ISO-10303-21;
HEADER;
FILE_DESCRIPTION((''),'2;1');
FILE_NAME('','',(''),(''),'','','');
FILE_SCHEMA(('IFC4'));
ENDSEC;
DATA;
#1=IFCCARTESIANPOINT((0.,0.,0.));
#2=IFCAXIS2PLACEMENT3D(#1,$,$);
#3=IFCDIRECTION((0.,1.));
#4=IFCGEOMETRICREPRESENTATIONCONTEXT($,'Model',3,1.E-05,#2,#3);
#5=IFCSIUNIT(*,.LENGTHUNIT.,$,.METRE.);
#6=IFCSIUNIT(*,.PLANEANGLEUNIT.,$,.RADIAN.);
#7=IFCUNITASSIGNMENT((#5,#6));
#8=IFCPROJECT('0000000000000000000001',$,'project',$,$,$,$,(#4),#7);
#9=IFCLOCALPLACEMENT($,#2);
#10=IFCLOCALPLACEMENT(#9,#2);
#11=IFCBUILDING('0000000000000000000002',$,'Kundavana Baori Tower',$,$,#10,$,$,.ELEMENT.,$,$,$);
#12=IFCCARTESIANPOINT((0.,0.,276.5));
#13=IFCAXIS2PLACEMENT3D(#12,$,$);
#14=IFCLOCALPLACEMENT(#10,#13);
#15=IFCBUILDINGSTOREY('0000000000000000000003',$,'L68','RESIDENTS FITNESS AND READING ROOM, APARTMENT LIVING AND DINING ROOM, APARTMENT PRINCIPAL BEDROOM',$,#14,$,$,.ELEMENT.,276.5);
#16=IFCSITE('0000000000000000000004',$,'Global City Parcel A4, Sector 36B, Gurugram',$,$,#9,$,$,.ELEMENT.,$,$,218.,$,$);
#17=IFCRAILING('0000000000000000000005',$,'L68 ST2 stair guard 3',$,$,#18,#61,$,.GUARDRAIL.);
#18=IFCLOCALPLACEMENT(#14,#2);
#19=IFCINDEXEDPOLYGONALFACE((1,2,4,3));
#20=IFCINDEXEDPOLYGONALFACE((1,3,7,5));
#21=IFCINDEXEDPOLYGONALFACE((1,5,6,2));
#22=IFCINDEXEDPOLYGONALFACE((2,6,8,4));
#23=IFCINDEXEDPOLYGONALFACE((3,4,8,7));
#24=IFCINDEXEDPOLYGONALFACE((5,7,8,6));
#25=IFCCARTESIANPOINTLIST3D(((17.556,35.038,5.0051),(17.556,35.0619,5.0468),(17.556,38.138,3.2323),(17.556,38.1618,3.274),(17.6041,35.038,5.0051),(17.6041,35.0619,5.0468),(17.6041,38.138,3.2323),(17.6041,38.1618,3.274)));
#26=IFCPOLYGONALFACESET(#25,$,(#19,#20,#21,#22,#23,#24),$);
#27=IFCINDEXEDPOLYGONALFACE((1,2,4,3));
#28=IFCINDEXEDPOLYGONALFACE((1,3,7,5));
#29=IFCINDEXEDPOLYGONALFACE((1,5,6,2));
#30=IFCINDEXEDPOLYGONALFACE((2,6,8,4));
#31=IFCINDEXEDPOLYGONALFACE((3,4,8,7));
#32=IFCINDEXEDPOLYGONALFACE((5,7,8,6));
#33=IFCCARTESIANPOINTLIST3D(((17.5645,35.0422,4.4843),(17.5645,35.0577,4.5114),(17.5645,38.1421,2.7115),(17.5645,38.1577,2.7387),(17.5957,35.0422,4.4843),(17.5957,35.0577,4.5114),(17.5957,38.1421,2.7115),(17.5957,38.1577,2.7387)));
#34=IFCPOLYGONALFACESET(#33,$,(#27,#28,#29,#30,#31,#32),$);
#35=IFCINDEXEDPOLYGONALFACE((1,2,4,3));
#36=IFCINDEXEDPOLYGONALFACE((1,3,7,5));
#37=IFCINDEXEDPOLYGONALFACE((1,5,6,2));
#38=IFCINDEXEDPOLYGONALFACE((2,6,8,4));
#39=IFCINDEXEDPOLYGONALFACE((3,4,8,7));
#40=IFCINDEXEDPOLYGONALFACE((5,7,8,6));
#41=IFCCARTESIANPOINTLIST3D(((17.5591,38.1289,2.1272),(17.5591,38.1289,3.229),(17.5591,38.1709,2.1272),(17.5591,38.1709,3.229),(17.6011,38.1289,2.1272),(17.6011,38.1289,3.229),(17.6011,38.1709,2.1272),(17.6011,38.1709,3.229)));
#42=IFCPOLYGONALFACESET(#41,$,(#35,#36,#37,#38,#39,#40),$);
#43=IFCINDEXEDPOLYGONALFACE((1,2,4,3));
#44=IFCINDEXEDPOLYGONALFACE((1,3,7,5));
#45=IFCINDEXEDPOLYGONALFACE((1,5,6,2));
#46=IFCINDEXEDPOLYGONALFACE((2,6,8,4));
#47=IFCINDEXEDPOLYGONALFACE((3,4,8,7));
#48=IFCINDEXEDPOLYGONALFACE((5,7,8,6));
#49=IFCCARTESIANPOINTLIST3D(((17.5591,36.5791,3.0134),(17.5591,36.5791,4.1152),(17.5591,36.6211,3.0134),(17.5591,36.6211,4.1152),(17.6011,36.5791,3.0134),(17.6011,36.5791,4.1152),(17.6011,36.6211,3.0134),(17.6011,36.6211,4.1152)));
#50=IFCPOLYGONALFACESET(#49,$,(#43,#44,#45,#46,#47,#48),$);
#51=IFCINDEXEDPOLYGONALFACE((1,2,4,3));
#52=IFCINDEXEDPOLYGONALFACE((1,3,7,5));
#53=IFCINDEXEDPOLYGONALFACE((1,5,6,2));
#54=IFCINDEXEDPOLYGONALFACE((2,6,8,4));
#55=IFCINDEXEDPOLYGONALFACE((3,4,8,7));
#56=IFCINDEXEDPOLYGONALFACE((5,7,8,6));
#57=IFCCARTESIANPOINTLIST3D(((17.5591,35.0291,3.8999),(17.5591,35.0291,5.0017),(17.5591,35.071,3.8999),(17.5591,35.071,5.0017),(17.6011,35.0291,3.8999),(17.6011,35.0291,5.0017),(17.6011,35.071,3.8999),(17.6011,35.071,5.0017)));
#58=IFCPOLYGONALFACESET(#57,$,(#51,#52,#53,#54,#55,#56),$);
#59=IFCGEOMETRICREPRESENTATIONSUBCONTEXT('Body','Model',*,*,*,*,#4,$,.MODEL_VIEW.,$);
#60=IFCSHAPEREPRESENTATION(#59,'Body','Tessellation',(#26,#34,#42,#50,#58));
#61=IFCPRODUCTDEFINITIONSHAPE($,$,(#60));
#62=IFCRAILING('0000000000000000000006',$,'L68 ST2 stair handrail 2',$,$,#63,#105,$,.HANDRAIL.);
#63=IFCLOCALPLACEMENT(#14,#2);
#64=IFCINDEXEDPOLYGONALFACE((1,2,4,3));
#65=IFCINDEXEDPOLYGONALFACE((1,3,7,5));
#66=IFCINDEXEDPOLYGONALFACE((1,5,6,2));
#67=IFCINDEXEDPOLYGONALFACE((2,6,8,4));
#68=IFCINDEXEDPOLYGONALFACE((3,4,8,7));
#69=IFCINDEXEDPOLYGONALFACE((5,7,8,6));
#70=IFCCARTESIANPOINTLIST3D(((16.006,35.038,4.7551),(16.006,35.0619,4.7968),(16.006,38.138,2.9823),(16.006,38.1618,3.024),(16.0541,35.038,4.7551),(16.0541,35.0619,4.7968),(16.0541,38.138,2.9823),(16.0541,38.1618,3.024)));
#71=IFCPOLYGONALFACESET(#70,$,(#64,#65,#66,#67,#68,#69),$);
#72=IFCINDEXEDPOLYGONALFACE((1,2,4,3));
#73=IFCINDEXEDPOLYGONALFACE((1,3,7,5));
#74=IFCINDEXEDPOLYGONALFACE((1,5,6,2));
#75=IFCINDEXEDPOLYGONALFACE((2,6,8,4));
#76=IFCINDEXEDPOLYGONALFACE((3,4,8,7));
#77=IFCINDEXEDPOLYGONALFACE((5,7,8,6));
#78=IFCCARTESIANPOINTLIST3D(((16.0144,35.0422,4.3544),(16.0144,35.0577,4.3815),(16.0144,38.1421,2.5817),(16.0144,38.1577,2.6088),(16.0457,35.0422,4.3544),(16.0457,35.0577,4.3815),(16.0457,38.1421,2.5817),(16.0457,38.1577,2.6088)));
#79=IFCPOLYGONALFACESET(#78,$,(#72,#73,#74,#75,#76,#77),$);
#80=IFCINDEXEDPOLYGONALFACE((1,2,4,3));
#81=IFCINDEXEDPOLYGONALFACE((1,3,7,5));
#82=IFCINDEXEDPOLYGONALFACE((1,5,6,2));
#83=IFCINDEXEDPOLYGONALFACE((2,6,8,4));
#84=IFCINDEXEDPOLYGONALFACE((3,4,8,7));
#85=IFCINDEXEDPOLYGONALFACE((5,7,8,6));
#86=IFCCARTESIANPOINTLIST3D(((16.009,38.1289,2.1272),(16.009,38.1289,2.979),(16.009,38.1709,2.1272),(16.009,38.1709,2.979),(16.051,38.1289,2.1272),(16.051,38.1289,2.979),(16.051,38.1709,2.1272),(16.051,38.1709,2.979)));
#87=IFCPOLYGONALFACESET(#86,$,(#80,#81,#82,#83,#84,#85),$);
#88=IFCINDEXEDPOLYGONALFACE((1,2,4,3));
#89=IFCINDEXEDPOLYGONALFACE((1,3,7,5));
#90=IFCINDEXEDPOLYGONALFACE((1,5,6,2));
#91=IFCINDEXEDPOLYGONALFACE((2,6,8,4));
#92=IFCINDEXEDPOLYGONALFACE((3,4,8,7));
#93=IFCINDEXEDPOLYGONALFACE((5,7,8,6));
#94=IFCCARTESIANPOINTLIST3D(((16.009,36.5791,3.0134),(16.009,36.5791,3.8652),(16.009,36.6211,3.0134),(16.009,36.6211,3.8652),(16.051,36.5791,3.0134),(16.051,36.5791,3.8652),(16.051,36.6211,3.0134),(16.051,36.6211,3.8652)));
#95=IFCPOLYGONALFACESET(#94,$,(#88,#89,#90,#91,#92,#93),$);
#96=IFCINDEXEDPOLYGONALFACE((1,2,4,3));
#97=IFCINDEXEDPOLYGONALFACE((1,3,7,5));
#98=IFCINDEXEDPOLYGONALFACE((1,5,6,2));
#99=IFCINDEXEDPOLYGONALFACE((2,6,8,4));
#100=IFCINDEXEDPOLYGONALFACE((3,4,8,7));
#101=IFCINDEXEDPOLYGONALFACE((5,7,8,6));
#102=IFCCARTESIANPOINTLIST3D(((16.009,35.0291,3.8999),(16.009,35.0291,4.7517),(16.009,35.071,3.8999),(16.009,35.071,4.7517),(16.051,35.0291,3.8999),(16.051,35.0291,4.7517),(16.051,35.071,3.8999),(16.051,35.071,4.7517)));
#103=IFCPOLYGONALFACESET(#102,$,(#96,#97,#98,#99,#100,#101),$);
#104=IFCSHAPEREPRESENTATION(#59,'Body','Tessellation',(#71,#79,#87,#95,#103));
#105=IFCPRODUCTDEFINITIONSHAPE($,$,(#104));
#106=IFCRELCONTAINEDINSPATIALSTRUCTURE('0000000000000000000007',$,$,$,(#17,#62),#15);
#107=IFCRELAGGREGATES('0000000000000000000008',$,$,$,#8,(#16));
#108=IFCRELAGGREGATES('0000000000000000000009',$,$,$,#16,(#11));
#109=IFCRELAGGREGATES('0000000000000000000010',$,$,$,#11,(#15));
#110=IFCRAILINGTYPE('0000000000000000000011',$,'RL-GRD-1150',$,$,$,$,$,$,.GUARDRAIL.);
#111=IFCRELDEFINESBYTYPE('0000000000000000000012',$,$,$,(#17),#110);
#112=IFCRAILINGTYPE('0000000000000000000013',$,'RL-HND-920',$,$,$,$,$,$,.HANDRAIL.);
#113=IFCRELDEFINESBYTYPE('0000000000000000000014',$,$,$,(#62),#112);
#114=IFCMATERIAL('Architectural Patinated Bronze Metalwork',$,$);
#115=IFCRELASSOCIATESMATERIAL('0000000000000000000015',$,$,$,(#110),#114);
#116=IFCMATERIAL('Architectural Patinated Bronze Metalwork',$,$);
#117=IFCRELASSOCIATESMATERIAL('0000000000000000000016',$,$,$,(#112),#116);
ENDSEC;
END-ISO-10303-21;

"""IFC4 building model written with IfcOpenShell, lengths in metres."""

from ifc_helpers import new_model, si_unit, direction, frame, origin, origin_2d, place, context, subcontext, project, spatial, rectangle, extrude, material, type_object, element, save


model = new_model("IFC4")

# Units and contexts
model_context = context("Model", 3, precision=1e-05, world=origin(), true_north=direction((0.0, 1.0)))
body_context = subcontext(model_context, "Body", "Model", "MODEL_VIEW")
ifc_project = project(units=[si_unit("LENGTHUNIT", "METRE"), si_unit("PLANEANGLEUNIT", "RADIAN")], contexts=[model_context])

# Site, building, storey
site_placement = place(None, origin())
site = spatial("IfcSite", under=ifc_project, at=site_placement, Name="Global City Parcel A4, Sector 36B, Gurugram", CompositionType="ELEMENT", RefElevation=218.0)
building_placement = place(site_placement, origin())
building = spatial("IfcBuilding", under=site, at=building_placement, Name="Kundavana Baori Tower", CompositionType="ELEMENT")
storey_placement = place(building_placement, frame((0.0, 0.0, 276.5)))
storey = spatial("IfcBuildingStorey", under=building, at=storey_placement, Name="L68", Description="RESIDENTS FITNESS AND READING ROOM, APARTMENT LIVING AND DINING ROOM, APARTMENT PRINCIPAL BEDROOM", CompositionType="ELEMENT", Elevation=276.5)

# Railings
ifc_material_1 = material(Name="Architectural Patinated Bronze Metalwork")
railing_type_1 = type_object("IfcRailingType", Name="RL-GRD-1150", PredefinedType="GUARDRAIL", material=ifc_material_1)
railing_1_placement = place(storey_placement, frame((17.5801, 38.1499, 2.1272)))
element("IfcRailing", 1, at=railing_1_placement, inside=storey, type_object=railing_type_1, Name="L68 ST2 stair guard 3", PredefinedType="GUARDRAIL", context=body_context, shape_type="SweptSolid", body=[
    extrude(rectangle(XDim=0.0481, YDim=0.0481, at=origin_2d()), frame((0.0, 0.0, 1.126), z_axis=(0.0, -0.868079, 0.496426), x_axis=(1.0, 0.0, 0.0)), (0.0, 0.0, 1.0), 3.571),
    extrude(rectangle(XDim=0.0312, YDim=0.0312, at=origin_2d()), frame((0.0, 0.0, 0.5979), z_axis=(0.0, -0.868079, 0.496426), x_axis=(1.0, 0.0, 0.0)), (0.0, 0.0, 1.0), 3.571),
    extrude(rectangle(XDim=0.042, YDim=0.042, at=origin_2d()), origin(), (0.0, 0.0, 1.0), 1.1018),
    extrude(rectangle(XDim=0.042, YDim=0.042, at=origin_2d()), frame((0.0, -1.5498, 0.8862)), (0.0, 0.0, 1.0), 1.1018),
    extrude(rectangle(XDim=0.042, YDim=0.042, at=origin_2d()), frame((0.0, -3.0999, 1.7727)), (0.0, 0.0, 1.0), 1.1018),
])
ifc_material_2 = material(Name="Architectural Patinated Bronze Metalwork")
railing_type_2 = type_object("IfcRailingType", Name="RL-HND-920", PredefinedType="HANDRAIL", material=ifc_material_2)
railing_2_placement = place(storey_placement, frame((16.03, 38.1499, 2.1272)))
element("IfcRailing", 2, at=railing_2_placement, inside=storey, type_object=railing_type_2, Name="L68 ST2 stair handrail 2", PredefinedType="HANDRAIL", context=body_context, shape_type="SweptSolid", body=[
    extrude(rectangle(XDim=0.0481, YDim=0.0481, at=origin_2d()), frame((0.0, 0.0, 0.876), z_axis=(0.0, -0.868079, 0.496426), x_axis=(1.0, 0.0, 0.0)), (0.0, 0.0, 1.0), 3.571),
    extrude(rectangle(XDim=0.0312, YDim=0.0312, at=origin_2d()), frame((0.0, 0.0, 0.468), z_axis=(0.0, -0.868079, 0.496426), x_axis=(1.0, 0.0, 0.0)), (0.0, 0.0, 1.0), 3.571),
    extrude(rectangle(XDim=0.042, YDim=0.042, at=origin_2d()), origin(), (0.0, 0.0, 1.0), 0.8518),
    extrude(rectangle(XDim=0.042, YDim=0.042, at=origin_2d()), frame((0.0, -1.5498, 0.8862)), (0.0, 0.0, 1.0), 0.8518),
    extrude(rectangle(XDim=0.042, YDim=0.042, at=origin_2d()), frame((0.0, -3.0999, 1.7727)), (0.0, 0.0, 1.0), 0.8518),
])

save(model, "model.ifc")
